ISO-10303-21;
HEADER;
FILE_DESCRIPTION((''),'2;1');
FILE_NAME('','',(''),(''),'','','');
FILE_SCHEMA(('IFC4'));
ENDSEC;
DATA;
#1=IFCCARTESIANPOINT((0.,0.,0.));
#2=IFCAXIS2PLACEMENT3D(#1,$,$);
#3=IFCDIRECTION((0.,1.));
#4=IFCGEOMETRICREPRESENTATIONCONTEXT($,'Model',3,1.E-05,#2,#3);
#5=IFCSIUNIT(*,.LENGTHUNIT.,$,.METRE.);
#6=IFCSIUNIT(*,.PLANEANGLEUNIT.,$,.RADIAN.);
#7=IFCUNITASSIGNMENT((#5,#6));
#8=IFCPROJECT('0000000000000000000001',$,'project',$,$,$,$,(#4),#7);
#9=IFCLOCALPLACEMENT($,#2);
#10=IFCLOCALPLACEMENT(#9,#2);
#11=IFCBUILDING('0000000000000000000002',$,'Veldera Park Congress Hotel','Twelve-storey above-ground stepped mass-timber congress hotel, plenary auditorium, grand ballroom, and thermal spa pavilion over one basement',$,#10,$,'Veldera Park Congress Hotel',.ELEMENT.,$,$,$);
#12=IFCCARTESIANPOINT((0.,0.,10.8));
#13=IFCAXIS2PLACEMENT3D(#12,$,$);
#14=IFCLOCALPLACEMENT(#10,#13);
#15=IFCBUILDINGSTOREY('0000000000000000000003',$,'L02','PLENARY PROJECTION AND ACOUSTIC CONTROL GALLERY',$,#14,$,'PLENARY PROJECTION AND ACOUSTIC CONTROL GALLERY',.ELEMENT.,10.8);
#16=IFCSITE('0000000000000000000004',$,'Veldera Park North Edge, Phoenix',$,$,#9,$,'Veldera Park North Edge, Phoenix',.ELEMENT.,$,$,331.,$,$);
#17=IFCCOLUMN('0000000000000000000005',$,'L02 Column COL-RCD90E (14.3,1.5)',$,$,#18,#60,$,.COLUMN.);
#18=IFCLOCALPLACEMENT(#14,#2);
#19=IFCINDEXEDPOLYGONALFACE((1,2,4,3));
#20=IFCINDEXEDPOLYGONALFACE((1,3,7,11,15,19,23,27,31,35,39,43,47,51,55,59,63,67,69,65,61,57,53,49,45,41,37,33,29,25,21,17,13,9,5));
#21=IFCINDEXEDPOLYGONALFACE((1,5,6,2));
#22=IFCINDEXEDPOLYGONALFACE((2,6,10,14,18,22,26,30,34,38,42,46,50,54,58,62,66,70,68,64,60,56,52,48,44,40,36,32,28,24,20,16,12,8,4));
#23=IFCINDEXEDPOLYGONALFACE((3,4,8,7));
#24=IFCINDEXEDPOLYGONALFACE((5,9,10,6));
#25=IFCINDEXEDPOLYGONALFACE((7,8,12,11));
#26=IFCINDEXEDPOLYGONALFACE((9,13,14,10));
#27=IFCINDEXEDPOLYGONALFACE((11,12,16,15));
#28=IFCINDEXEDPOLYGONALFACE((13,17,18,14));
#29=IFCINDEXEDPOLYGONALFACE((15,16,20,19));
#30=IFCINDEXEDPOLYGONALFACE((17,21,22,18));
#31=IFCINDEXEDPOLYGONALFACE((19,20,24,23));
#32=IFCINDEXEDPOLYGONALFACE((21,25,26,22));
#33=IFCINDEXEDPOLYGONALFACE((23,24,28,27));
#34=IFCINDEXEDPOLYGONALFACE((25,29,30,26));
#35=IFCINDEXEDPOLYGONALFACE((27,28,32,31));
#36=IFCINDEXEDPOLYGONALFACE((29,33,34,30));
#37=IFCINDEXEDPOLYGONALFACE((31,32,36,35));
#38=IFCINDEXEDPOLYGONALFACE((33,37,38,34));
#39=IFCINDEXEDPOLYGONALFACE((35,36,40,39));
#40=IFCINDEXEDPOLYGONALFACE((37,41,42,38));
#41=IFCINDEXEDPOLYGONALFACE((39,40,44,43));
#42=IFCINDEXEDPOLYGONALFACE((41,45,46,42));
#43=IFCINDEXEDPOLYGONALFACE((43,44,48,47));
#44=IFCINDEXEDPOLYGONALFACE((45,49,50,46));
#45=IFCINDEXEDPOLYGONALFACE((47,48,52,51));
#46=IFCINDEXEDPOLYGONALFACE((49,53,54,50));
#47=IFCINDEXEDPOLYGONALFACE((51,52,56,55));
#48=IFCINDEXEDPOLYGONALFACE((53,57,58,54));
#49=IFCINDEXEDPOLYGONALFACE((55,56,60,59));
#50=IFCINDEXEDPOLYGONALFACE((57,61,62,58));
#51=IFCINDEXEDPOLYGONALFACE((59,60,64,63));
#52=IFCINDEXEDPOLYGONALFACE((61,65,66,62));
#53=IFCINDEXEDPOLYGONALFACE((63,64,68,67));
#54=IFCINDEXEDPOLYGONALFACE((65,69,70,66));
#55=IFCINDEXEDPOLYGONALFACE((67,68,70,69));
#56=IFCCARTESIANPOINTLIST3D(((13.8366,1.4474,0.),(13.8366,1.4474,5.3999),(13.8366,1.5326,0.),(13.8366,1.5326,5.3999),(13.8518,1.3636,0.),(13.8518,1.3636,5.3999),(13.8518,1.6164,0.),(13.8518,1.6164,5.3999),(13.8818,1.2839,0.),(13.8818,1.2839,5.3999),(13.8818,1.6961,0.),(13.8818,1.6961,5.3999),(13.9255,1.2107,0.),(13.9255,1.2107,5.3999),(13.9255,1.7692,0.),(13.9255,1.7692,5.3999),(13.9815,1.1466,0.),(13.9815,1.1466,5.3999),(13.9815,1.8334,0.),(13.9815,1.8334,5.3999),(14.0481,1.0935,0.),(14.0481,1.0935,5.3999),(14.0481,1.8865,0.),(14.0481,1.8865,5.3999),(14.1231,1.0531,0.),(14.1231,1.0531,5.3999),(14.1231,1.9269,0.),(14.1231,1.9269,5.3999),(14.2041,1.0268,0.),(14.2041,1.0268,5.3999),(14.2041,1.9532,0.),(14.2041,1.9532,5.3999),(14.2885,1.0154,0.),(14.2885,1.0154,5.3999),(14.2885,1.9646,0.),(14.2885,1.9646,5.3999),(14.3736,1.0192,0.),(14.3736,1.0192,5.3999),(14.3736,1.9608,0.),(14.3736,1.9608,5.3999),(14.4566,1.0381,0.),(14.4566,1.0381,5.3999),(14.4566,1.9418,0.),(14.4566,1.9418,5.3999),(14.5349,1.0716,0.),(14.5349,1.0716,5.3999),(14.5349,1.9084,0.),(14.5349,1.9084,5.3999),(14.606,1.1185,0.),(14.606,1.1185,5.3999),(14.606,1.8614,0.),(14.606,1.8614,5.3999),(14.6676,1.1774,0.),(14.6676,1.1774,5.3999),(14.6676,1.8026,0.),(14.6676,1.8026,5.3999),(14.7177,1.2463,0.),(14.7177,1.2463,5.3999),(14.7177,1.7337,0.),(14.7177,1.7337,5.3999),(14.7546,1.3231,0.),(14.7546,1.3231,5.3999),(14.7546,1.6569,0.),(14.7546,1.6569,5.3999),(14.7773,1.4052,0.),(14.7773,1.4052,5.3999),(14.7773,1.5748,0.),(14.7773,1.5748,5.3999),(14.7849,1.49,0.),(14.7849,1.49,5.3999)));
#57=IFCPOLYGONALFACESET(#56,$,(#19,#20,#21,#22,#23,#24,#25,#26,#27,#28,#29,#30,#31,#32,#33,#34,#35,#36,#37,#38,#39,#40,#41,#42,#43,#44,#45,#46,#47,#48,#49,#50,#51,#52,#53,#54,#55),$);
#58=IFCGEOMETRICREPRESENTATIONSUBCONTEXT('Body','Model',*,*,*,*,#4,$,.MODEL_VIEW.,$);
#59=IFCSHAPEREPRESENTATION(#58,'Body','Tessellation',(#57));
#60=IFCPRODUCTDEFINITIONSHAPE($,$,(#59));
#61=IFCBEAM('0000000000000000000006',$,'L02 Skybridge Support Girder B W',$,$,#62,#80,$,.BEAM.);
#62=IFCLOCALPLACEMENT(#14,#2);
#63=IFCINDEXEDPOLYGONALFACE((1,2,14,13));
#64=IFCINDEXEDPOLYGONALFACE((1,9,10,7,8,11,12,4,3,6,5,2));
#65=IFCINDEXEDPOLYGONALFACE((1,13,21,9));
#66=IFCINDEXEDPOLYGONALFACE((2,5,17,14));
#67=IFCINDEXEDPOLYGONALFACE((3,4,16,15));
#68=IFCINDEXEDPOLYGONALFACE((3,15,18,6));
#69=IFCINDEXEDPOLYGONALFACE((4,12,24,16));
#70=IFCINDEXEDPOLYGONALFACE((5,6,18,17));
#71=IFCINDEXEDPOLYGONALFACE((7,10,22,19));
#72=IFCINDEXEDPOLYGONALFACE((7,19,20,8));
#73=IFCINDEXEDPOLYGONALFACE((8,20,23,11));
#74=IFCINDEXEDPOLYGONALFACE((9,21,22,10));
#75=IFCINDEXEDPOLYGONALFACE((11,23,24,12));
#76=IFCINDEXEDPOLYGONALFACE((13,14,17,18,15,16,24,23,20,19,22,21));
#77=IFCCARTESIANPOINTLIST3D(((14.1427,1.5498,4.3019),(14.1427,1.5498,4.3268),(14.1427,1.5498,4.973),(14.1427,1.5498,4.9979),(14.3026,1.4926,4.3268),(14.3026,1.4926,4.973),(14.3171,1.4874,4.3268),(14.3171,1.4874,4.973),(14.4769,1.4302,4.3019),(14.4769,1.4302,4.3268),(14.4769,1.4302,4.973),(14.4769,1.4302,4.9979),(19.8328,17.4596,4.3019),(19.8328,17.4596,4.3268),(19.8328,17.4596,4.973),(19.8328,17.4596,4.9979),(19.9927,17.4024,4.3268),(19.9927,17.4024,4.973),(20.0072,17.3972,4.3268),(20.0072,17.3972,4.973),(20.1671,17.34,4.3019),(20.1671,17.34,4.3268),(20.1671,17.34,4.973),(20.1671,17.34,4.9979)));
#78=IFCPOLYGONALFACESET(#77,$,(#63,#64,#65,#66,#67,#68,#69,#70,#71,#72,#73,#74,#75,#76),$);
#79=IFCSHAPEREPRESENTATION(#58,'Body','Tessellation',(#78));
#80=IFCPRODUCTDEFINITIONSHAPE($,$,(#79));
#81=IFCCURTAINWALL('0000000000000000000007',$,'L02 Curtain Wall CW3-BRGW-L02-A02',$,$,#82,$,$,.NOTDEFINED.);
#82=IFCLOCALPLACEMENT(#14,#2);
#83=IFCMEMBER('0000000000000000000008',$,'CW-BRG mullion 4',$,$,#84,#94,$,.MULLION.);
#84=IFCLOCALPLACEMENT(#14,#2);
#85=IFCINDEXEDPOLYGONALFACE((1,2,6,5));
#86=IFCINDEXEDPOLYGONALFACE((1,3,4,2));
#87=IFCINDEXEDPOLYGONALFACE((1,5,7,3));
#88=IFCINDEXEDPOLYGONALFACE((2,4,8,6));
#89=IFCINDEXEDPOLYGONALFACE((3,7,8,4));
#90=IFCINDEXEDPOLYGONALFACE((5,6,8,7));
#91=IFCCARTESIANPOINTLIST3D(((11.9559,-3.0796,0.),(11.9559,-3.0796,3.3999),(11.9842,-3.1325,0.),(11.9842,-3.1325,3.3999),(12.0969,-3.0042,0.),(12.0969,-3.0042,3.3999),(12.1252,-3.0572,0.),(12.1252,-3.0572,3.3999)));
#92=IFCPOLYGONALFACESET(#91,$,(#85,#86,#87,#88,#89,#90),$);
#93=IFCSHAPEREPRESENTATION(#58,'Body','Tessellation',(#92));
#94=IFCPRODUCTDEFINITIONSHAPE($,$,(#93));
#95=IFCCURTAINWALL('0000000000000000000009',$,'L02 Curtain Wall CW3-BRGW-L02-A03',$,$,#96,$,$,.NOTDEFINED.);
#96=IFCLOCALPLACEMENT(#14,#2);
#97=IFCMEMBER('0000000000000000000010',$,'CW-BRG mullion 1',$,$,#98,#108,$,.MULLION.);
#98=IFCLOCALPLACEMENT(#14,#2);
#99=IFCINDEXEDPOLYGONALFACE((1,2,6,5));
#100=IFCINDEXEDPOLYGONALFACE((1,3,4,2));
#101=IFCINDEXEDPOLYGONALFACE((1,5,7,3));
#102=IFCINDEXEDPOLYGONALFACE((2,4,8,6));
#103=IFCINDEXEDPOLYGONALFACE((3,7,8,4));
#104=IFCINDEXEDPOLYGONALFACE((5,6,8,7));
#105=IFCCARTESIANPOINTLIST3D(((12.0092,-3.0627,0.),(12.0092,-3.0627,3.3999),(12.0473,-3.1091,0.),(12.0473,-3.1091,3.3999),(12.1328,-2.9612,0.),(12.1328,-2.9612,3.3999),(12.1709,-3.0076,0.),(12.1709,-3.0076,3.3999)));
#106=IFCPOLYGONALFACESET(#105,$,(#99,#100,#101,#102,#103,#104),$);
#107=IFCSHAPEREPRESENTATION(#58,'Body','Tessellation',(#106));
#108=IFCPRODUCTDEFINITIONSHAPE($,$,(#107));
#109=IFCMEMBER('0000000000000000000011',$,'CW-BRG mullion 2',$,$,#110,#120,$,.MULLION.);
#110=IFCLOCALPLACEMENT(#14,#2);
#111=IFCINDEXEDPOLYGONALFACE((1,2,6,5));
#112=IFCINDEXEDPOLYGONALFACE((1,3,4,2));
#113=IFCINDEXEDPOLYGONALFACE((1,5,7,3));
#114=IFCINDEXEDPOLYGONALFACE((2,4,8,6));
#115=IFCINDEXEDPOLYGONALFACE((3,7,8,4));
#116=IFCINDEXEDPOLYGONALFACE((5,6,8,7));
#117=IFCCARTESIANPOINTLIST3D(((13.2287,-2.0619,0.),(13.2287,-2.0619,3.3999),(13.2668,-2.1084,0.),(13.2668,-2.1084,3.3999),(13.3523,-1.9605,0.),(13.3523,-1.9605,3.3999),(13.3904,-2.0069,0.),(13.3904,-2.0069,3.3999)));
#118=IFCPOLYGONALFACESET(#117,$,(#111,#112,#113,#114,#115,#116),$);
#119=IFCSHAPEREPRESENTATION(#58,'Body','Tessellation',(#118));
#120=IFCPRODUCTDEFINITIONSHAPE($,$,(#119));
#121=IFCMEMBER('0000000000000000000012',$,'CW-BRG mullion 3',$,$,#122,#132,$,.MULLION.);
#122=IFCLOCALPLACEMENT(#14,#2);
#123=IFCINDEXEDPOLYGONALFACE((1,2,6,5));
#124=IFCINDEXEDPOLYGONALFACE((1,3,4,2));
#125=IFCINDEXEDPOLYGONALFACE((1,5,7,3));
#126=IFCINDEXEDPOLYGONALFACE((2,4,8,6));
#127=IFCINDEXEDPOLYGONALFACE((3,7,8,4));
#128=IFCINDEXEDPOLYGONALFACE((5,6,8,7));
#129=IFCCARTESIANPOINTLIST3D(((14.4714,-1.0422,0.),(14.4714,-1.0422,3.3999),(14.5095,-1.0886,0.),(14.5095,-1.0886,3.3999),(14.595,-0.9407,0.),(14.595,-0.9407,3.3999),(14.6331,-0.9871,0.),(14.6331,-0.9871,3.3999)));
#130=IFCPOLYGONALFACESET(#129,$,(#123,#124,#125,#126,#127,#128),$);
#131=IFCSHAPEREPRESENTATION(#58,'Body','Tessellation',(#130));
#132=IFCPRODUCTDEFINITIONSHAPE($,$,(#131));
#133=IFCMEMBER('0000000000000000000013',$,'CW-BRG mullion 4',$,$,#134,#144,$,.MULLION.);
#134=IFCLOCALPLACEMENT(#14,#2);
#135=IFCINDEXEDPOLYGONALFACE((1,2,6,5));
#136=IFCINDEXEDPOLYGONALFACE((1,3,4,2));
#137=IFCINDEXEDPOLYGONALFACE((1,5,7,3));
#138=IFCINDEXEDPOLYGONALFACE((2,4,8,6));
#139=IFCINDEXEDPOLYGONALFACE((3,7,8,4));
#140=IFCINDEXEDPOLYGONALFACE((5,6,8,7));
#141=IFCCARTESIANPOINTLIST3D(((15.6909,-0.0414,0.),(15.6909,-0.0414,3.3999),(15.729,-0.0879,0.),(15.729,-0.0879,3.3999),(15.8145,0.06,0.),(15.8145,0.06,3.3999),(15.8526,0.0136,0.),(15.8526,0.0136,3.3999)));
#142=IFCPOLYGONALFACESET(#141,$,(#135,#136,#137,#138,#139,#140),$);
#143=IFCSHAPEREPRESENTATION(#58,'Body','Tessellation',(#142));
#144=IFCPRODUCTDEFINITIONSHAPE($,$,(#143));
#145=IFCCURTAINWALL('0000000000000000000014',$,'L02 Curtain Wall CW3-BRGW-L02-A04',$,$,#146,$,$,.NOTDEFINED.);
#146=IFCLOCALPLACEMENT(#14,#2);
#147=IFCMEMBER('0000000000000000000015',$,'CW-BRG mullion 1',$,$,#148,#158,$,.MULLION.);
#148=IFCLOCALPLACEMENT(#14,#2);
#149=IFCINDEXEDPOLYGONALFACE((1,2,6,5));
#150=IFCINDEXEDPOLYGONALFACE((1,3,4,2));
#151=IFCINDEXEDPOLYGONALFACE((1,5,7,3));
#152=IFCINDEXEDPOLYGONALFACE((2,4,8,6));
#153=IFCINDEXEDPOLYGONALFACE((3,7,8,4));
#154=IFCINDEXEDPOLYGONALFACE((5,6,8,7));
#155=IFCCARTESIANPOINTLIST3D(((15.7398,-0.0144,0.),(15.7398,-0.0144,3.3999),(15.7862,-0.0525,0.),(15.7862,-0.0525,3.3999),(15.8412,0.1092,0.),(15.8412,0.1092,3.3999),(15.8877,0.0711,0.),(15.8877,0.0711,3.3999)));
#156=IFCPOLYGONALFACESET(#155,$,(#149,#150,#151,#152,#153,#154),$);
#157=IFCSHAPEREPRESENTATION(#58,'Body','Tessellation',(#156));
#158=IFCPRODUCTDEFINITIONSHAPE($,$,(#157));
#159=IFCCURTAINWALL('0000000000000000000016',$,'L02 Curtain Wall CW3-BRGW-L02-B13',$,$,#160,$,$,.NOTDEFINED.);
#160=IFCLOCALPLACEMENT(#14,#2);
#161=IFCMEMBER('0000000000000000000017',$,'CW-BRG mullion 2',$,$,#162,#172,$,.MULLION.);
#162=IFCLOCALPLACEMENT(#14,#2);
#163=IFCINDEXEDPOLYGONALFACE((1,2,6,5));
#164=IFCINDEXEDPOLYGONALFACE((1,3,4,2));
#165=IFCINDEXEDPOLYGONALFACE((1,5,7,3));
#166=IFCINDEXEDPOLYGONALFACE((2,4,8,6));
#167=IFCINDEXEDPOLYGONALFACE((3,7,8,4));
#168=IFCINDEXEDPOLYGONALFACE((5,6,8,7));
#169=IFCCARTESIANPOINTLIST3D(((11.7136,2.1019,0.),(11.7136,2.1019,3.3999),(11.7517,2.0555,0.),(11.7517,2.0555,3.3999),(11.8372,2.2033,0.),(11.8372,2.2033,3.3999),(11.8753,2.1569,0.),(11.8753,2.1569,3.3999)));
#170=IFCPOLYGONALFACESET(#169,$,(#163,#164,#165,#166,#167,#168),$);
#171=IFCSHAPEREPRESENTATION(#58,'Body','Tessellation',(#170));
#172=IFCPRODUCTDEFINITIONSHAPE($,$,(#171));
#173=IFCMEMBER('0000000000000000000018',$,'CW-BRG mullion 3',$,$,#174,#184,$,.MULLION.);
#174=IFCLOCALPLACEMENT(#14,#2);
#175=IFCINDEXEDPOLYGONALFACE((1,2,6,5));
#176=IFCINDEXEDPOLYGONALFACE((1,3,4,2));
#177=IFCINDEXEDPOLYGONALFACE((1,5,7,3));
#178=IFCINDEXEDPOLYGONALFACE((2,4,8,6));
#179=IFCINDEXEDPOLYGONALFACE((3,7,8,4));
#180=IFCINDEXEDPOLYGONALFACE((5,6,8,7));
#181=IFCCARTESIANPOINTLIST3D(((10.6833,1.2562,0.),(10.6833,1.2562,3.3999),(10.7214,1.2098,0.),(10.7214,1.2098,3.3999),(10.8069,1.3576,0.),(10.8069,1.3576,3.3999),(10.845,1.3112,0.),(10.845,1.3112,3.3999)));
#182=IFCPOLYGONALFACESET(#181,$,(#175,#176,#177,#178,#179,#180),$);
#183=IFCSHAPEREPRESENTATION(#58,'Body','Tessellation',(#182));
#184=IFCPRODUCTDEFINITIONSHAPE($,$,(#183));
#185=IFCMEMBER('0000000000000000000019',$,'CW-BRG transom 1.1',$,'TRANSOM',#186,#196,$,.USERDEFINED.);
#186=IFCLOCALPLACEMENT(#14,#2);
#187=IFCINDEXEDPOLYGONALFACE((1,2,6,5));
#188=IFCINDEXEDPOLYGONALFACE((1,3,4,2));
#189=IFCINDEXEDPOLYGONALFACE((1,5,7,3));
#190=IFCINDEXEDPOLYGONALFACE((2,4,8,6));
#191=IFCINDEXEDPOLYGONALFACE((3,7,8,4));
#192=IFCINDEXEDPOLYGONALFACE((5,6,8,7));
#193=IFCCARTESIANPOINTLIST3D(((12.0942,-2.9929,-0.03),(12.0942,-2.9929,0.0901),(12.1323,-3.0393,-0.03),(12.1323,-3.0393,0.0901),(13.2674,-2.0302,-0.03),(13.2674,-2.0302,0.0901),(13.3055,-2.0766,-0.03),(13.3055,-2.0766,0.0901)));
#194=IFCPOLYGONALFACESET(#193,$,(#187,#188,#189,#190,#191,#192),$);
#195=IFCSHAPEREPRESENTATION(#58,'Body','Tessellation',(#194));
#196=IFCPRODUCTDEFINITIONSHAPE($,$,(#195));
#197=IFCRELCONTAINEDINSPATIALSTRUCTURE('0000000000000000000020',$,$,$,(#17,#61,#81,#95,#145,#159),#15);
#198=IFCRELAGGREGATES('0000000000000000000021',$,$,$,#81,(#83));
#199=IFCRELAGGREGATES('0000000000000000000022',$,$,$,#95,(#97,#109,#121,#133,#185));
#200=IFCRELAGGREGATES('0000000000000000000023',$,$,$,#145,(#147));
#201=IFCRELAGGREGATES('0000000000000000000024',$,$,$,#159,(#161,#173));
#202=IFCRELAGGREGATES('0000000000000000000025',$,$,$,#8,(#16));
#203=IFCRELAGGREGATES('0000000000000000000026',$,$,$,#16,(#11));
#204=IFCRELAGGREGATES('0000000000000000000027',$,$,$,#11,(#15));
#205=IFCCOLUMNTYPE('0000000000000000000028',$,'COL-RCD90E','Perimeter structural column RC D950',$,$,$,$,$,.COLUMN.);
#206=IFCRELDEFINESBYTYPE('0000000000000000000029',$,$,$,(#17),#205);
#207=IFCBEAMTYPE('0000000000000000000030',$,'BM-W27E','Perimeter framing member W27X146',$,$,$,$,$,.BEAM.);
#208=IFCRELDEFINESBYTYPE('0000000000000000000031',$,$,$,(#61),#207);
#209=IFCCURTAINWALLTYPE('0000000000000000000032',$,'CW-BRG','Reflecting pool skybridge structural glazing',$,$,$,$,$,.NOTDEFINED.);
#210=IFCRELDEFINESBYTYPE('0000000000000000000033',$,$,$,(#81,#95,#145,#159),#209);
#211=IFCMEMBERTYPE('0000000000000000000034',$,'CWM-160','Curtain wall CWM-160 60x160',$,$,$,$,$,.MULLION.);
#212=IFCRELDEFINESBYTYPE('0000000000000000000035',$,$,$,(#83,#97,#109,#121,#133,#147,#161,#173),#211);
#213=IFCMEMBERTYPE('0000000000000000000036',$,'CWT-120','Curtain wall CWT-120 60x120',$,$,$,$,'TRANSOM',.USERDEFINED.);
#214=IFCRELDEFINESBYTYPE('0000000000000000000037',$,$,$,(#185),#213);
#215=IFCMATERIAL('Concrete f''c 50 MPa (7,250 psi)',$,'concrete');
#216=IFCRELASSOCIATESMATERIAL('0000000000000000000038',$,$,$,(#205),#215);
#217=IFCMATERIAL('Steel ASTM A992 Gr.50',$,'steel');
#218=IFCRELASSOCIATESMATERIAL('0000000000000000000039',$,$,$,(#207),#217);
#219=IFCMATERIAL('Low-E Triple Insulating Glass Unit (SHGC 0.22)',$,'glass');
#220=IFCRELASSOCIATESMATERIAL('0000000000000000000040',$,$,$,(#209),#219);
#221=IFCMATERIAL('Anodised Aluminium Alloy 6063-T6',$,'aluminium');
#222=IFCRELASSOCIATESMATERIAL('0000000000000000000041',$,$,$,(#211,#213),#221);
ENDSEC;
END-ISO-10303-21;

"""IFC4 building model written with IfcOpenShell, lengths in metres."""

from ifc_helpers import new_model, si_unit, direction, frame, origin, origin_2d, place, context, subcontext, project, spatial, rectangle, circle, i_section, extrude, material, material_profile, profile_set, type_object, element, aggregate, save


model = new_model("IFC4")

# Units and contexts
model_context = context("Model", 3, precision=1e-05, world=origin(), true_north=direction((0.0, 1.0)))
body_context = subcontext(model_context, "Body", "Model", "MODEL_VIEW")
ifc_project = project(units=[si_unit("LENGTHUNIT", "METRE"), si_unit("PLANEANGLEUNIT", "RADIAN")], contexts=[model_context])

# Site, building, storey
site_placement = place(None, origin())
site = spatial("IfcSite", under=ifc_project, at=site_placement, Name="Veldera Park North Edge, Phoenix", LongName="Veldera Park North Edge, Phoenix", CompositionType="ELEMENT", RefElevation=331.0)
building_placement = place(site_placement, origin())
building = spatial("IfcBuilding", under=site, at=building_placement, Name="Veldera Park Congress Hotel", Description="Twelve-storey above-ground stepped mass-timber congress hotel, plenary auditorium, grand ballroom, and thermal spa pavilion over one basement", LongName="Veldera Park Congress Hotel", CompositionType="ELEMENT")
storey_placement = place(building_placement, frame((0.0, 0.0, 10.8)))
storey = spatial("IfcBuildingStorey", under=building, at=storey_placement, Name="L02", Description="PLENARY PROJECTION AND ACOUSTIC CONTROL GALLERY", LongName="PLENARY PROJECTION AND ACOUSTIC CONTROL GALLERY", CompositionType="ELEMENT", Elevation=10.8)

# Column
ifc_material_1 = material(Name="Concrete f'c 50 MPa (7,250 psi)", Category="concrete")
ifc_material_profile_1 = material_profile(ifc_material_1, circle(Radius=0.4751, at=origin_2d()), Name="RC D950")
ifc_profile_set_1 = profile_set([ifc_material_profile_1], Name="Concrete f'c 50 MPa (7,250 psi)")
column_type = type_object("IfcColumnType", Name="COL-RCD90E", Description="Perimeter structural column RC D950", PredefinedType="COLUMN", material=ifc_profile_set_1)
column_placement = place(storey_placement, frame((14.3098, 1.49, 0.0), z_axis=(0.0, 0.0, 1.0), x_axis=(1.0, 0.0, 0.0)))
element("IfcColumn", 1, at=column_placement, inside=storey, type_object=column_type, Name="L02 Column COL-RCD90E (14.3,1.5)", PredefinedType="COLUMN", context=body_context, shape_type="SweptSolid", body=[
    extrude(circle(Radius=0.4751, at=origin_2d()), origin(), (0.0, 0.0, 1.0), 5.3999),
])

# Beam
ifc_material_2 = material(Name="Steel ASTM A992 Gr.50", Category="steel")
ifc_material_profile_2 = material_profile(ifc_material_2, i_section(OverallWidth=0.355, OverallDepth=0.696, WebThickness=0.0154, FlangeThickness=0.0249, at=origin_2d()), Name="W27X146")
ifc_profile_set_2 = profile_set([ifc_material_profile_2], Name="Steel ASTM A992 Gr.50")
beam_type = type_object("IfcBeamType", Name="BM-W27E", Description="Perimeter framing member W27X146", PredefinedType="BEAM", material=ifc_profile_set_2)
beam_placement = place(storey_placement, frame((14.3098, 1.49, 4.6499), z_axis=(0.33676, 0.94159, 0.0), x_axis=(-0.94159, 0.33676, 0.0)))
element("IfcBeam", 2, at=beam_placement, inside=storey, type_object=beam_type, Name="L02 Skybridge Support Girder B W", PredefinedType="BEAM", context=body_context, shape_type="SweptSolid", body=[
    extrude(i_section(OverallWidth=0.355, OverallDepth=0.696, WebThickness=0.0154, FlangeThickness=0.0249, at=origin_2d()), origin(), (0.0, 0.0, 1.0), 16.8967),
])

# Curtain wall, member
ifc_material_3 = material(Name="Low-E Triple Insulating Glass Unit (SHGC 0.22)", Category="glass")
curtain_wall_type = type_object("IfcCurtainWallType", Name="CW-BRG", Description="Reflecting pool skybridge structural glazing", PredefinedType="NOTDEFINED", material=ifc_material_3)
curtain_wall_1_placement = place(storey_placement, origin())
curtain_wall_1 = element("IfcCurtainWall", 3, at=curtain_wall_1_placement, inside=storey, type_object=curtain_wall_type, Name="L02 Curtain Wall CW3-BRGW-L02-A02", PredefinedType="NOTDEFINED")
ifc_material_4 = material(Name="Anodised Aluminium Alloy 6063-T6", Category="aluminium")
ifc_material_profile_3 = material_profile(ifc_material_4, rectangle(XDim=0.0601, YDim=0.1599, at=origin_2d()), Name="ALU 60x160")
ifc_profile_set_3 = profile_set([ifc_material_profile_3], Name="Anodised Aluminium Alloy 6063-T6")
member_type_1 = type_object("IfcMemberType", Name="CWM-160", Description="Curtain wall CWM-160 60x160", PredefinedType="MULLION", material=ifc_profile_set_3)
member_1_placement = place(storey_placement, frame((12.0405, -3.0684, 0.0), z_axis=(0.0, 0.0, 1.0), x_axis=(-0.471385, 0.881928, 0.0)))
member_1 = element("IfcMember", 4, at=member_1_placement, type_object=member_type_1, Name="CW-BRG mullion 4", PredefinedType="MULLION", context=body_context, shape_type="SweptSolid", body=[
    extrude(rectangle(XDim=0.0601, YDim=0.1599, at=origin_2d()), origin(), (0.0, 0.0, 1.0), 3.3999),
])

# Curtain wall, members
curtain_wall_2_placement = place(storey_placement, origin())
curtain_wall_2 = element("IfcCurtainWall", 5, at=curtain_wall_2_placement, inside=storey, type_object=curtain_wall_type, Name="L02 Curtain Wall CW3-BRGW-L02-A03", PredefinedType="NOTDEFINED")
member_2_placement = place(storey_placement, frame((12.0901, -3.0352, 0.0), z_axis=(0.0, 0.0, 1.0), x_axis=(-0.634402, 0.773003, 0.0)))
member_2 = element("IfcMember", 6, at=member_2_placement, type_object=member_type_1, Name="CW-BRG mullion 1", PredefinedType="MULLION", context=body_context, shape_type="SweptSolid", body=[
    extrude(rectangle(XDim=0.0601, YDim=0.1599, at=origin_2d()), origin(), (0.0, 0.0, 1.0), 3.3999),
])
member_3_placement = place(storey_placement, frame((13.3096, -2.0344, 0.0), z_axis=(0.0, 0.0, 1.0), x_axis=(-0.634402, 0.773003, 0.0)))
member_3 = element("IfcMember", 7, at=member_3_placement, type_object=member_type_1, Name="CW-BRG mullion 2", PredefinedType="MULLION", context=body_context, shape_type="SweptSolid", body=[
    extrude(rectangle(XDim=0.0601, YDim=0.1599, at=origin_2d()), origin(), (0.0, 0.0, 1.0), 3.3999),
])
member_4_placement = place(storey_placement, frame((14.5522, -1.0146, 0.0), z_axis=(0.0, 0.0, 1.0), x_axis=(-0.634402, 0.773003, 0.0)))
member_4 = element("IfcMember", 8, at=member_4_placement, type_object=member_type_1, Name="CW-BRG mullion 3", PredefinedType="MULLION", context=body_context, shape_type="SweptSolid", body=[
    extrude(rectangle(XDim=0.0601, YDim=0.1599, at=origin_2d()), origin(), (0.0, 0.0, 1.0), 3.3999),
])
member_5_placement = place(storey_placement, frame((15.7717, -0.0139, 0.0), z_axis=(0.0, 0.0, 1.0), x_axis=(-0.634402, 0.773003, 0.0)))
member_5 = element("IfcMember", 9, at=member_5_placement, type_object=member_type_1, Name="CW-BRG mullion 4", PredefinedType="MULLION", context=body_context, shape_type="SweptSolid", body=[
    extrude(rectangle(XDim=0.0601, YDim=0.1599, at=origin_2d()), origin(), (0.0, 0.0, 1.0), 3.3999),
])

# Curtain wall, member
curtain_wall_3_placement = place(storey_placement, origin())
curtain_wall_3 = element("IfcCurtainWall", 10, at=curtain_wall_3_placement, inside=storey, type_object=curtain_wall_type, Name="L02 Curtain Wall CW3-BRGW-L02-A04", PredefinedType="NOTDEFINED")
member_6_placement = place(storey_placement, frame((15.8137, 0.0283, 0.0), z_axis=(0.0, 0.0, 1.0), x_axis=(-0.773003, 0.634402, 0.0)))
member_6 = element("IfcMember", 11, at=member_6_placement, type_object=member_type_1, Name="CW-BRG mullion 1", PredefinedType="MULLION", context=body_context, shape_type="SweptSolid", body=[
    extrude(rectangle(XDim=0.0601, YDim=0.1599, at=origin_2d()), origin(), (0.0, 0.0, 1.0), 3.3999),
])

# Curtain wall, members
curtain_wall_4_placement = place(storey_placement, origin())
curtain_wall_4 = element("IfcCurtainWall", 12, at=curtain_wall_4_placement, inside=storey, type_object=curtain_wall_type, Name="L02 Curtain Wall CW3-BRGW-L02-B13", PredefinedType="NOTDEFINED")
member_7_placement = place(storey_placement, frame((11.7944, 2.1294, 0.0), z_axis=(0.0, 0.0, 1.0), x_axis=(0.634386, -0.773016, 0.0)))
member_7 = element("IfcMember", 13, at=member_7_placement, type_object=member_type_1, Name="CW-BRG mullion 2", PredefinedType="MULLION", context=body_context, shape_type="SweptSolid", body=[
    extrude(rectangle(XDim=0.0601, YDim=0.1599, at=origin_2d()), origin(), (0.0, 0.0, 1.0), 3.3999),
])
member_8_placement = place(storey_placement, frame((10.7642, 1.2837, 0.0), z_axis=(0.0, 0.0, 1.0), x_axis=(0.634386, -0.773016, 0.0)))
member_8 = element("IfcMember", 14, at=member_8_placement, type_object=member_type_1, Name="CW-BRG mullion 3", PredefinedType="MULLION", context=body_context, shape_type="SweptSolid", body=[
    extrude(rectangle(XDim=0.0601, YDim=0.1599, at=origin_2d()), origin(), (0.0, 0.0, 1.0), 3.3999),
])

# Member
ifc_material_profile_4 = material_profile(ifc_material_4, rectangle(XDim=0.0601, YDim=0.1201, at=origin_2d()), Name="ALU 60x120")
ifc_profile_set_4 = profile_set([ifc_material_profile_4], Name="Anodised Aluminium Alloy 6063-T6")
member_type_2 = type_object("IfcMemberType", Name="CWT-120", Description="Curtain wall CWT-120 60x120", ElementType="TRANSOM", PredefinedType="USERDEFINED", material=ifc_profile_set_4)
member_9_placement = place(storey_placement, frame((12.1133, -3.0161, 0.03), z_axis=(0.773039, 0.634359, 0.0), x_axis=(-0.634359, 0.773039, 0.0)))
member_9 = element("IfcMember", 15, at=member_9_placement, type_object=member_type_2, Name="CW-BRG transom 1.1", ObjectType="TRANSOM", PredefinedType="USERDEFINED", context=body_context, shape_type="SweptSolid", body=[
    extrude(rectangle(XDim=0.0601, YDim=0.1201, at=origin_2d()), origin(), (0.0, 0.0, 1.0), 1.5176),
])

aggregate(curtain_wall_1, [member_1])
aggregate(curtain_wall_2, [member_2, member_3, member_4, member_5, member_9])
aggregate(curtain_wall_3, [member_6])
aggregate(curtain_wall_4, [member_7, member_8])

save(model, "model.ifc")
